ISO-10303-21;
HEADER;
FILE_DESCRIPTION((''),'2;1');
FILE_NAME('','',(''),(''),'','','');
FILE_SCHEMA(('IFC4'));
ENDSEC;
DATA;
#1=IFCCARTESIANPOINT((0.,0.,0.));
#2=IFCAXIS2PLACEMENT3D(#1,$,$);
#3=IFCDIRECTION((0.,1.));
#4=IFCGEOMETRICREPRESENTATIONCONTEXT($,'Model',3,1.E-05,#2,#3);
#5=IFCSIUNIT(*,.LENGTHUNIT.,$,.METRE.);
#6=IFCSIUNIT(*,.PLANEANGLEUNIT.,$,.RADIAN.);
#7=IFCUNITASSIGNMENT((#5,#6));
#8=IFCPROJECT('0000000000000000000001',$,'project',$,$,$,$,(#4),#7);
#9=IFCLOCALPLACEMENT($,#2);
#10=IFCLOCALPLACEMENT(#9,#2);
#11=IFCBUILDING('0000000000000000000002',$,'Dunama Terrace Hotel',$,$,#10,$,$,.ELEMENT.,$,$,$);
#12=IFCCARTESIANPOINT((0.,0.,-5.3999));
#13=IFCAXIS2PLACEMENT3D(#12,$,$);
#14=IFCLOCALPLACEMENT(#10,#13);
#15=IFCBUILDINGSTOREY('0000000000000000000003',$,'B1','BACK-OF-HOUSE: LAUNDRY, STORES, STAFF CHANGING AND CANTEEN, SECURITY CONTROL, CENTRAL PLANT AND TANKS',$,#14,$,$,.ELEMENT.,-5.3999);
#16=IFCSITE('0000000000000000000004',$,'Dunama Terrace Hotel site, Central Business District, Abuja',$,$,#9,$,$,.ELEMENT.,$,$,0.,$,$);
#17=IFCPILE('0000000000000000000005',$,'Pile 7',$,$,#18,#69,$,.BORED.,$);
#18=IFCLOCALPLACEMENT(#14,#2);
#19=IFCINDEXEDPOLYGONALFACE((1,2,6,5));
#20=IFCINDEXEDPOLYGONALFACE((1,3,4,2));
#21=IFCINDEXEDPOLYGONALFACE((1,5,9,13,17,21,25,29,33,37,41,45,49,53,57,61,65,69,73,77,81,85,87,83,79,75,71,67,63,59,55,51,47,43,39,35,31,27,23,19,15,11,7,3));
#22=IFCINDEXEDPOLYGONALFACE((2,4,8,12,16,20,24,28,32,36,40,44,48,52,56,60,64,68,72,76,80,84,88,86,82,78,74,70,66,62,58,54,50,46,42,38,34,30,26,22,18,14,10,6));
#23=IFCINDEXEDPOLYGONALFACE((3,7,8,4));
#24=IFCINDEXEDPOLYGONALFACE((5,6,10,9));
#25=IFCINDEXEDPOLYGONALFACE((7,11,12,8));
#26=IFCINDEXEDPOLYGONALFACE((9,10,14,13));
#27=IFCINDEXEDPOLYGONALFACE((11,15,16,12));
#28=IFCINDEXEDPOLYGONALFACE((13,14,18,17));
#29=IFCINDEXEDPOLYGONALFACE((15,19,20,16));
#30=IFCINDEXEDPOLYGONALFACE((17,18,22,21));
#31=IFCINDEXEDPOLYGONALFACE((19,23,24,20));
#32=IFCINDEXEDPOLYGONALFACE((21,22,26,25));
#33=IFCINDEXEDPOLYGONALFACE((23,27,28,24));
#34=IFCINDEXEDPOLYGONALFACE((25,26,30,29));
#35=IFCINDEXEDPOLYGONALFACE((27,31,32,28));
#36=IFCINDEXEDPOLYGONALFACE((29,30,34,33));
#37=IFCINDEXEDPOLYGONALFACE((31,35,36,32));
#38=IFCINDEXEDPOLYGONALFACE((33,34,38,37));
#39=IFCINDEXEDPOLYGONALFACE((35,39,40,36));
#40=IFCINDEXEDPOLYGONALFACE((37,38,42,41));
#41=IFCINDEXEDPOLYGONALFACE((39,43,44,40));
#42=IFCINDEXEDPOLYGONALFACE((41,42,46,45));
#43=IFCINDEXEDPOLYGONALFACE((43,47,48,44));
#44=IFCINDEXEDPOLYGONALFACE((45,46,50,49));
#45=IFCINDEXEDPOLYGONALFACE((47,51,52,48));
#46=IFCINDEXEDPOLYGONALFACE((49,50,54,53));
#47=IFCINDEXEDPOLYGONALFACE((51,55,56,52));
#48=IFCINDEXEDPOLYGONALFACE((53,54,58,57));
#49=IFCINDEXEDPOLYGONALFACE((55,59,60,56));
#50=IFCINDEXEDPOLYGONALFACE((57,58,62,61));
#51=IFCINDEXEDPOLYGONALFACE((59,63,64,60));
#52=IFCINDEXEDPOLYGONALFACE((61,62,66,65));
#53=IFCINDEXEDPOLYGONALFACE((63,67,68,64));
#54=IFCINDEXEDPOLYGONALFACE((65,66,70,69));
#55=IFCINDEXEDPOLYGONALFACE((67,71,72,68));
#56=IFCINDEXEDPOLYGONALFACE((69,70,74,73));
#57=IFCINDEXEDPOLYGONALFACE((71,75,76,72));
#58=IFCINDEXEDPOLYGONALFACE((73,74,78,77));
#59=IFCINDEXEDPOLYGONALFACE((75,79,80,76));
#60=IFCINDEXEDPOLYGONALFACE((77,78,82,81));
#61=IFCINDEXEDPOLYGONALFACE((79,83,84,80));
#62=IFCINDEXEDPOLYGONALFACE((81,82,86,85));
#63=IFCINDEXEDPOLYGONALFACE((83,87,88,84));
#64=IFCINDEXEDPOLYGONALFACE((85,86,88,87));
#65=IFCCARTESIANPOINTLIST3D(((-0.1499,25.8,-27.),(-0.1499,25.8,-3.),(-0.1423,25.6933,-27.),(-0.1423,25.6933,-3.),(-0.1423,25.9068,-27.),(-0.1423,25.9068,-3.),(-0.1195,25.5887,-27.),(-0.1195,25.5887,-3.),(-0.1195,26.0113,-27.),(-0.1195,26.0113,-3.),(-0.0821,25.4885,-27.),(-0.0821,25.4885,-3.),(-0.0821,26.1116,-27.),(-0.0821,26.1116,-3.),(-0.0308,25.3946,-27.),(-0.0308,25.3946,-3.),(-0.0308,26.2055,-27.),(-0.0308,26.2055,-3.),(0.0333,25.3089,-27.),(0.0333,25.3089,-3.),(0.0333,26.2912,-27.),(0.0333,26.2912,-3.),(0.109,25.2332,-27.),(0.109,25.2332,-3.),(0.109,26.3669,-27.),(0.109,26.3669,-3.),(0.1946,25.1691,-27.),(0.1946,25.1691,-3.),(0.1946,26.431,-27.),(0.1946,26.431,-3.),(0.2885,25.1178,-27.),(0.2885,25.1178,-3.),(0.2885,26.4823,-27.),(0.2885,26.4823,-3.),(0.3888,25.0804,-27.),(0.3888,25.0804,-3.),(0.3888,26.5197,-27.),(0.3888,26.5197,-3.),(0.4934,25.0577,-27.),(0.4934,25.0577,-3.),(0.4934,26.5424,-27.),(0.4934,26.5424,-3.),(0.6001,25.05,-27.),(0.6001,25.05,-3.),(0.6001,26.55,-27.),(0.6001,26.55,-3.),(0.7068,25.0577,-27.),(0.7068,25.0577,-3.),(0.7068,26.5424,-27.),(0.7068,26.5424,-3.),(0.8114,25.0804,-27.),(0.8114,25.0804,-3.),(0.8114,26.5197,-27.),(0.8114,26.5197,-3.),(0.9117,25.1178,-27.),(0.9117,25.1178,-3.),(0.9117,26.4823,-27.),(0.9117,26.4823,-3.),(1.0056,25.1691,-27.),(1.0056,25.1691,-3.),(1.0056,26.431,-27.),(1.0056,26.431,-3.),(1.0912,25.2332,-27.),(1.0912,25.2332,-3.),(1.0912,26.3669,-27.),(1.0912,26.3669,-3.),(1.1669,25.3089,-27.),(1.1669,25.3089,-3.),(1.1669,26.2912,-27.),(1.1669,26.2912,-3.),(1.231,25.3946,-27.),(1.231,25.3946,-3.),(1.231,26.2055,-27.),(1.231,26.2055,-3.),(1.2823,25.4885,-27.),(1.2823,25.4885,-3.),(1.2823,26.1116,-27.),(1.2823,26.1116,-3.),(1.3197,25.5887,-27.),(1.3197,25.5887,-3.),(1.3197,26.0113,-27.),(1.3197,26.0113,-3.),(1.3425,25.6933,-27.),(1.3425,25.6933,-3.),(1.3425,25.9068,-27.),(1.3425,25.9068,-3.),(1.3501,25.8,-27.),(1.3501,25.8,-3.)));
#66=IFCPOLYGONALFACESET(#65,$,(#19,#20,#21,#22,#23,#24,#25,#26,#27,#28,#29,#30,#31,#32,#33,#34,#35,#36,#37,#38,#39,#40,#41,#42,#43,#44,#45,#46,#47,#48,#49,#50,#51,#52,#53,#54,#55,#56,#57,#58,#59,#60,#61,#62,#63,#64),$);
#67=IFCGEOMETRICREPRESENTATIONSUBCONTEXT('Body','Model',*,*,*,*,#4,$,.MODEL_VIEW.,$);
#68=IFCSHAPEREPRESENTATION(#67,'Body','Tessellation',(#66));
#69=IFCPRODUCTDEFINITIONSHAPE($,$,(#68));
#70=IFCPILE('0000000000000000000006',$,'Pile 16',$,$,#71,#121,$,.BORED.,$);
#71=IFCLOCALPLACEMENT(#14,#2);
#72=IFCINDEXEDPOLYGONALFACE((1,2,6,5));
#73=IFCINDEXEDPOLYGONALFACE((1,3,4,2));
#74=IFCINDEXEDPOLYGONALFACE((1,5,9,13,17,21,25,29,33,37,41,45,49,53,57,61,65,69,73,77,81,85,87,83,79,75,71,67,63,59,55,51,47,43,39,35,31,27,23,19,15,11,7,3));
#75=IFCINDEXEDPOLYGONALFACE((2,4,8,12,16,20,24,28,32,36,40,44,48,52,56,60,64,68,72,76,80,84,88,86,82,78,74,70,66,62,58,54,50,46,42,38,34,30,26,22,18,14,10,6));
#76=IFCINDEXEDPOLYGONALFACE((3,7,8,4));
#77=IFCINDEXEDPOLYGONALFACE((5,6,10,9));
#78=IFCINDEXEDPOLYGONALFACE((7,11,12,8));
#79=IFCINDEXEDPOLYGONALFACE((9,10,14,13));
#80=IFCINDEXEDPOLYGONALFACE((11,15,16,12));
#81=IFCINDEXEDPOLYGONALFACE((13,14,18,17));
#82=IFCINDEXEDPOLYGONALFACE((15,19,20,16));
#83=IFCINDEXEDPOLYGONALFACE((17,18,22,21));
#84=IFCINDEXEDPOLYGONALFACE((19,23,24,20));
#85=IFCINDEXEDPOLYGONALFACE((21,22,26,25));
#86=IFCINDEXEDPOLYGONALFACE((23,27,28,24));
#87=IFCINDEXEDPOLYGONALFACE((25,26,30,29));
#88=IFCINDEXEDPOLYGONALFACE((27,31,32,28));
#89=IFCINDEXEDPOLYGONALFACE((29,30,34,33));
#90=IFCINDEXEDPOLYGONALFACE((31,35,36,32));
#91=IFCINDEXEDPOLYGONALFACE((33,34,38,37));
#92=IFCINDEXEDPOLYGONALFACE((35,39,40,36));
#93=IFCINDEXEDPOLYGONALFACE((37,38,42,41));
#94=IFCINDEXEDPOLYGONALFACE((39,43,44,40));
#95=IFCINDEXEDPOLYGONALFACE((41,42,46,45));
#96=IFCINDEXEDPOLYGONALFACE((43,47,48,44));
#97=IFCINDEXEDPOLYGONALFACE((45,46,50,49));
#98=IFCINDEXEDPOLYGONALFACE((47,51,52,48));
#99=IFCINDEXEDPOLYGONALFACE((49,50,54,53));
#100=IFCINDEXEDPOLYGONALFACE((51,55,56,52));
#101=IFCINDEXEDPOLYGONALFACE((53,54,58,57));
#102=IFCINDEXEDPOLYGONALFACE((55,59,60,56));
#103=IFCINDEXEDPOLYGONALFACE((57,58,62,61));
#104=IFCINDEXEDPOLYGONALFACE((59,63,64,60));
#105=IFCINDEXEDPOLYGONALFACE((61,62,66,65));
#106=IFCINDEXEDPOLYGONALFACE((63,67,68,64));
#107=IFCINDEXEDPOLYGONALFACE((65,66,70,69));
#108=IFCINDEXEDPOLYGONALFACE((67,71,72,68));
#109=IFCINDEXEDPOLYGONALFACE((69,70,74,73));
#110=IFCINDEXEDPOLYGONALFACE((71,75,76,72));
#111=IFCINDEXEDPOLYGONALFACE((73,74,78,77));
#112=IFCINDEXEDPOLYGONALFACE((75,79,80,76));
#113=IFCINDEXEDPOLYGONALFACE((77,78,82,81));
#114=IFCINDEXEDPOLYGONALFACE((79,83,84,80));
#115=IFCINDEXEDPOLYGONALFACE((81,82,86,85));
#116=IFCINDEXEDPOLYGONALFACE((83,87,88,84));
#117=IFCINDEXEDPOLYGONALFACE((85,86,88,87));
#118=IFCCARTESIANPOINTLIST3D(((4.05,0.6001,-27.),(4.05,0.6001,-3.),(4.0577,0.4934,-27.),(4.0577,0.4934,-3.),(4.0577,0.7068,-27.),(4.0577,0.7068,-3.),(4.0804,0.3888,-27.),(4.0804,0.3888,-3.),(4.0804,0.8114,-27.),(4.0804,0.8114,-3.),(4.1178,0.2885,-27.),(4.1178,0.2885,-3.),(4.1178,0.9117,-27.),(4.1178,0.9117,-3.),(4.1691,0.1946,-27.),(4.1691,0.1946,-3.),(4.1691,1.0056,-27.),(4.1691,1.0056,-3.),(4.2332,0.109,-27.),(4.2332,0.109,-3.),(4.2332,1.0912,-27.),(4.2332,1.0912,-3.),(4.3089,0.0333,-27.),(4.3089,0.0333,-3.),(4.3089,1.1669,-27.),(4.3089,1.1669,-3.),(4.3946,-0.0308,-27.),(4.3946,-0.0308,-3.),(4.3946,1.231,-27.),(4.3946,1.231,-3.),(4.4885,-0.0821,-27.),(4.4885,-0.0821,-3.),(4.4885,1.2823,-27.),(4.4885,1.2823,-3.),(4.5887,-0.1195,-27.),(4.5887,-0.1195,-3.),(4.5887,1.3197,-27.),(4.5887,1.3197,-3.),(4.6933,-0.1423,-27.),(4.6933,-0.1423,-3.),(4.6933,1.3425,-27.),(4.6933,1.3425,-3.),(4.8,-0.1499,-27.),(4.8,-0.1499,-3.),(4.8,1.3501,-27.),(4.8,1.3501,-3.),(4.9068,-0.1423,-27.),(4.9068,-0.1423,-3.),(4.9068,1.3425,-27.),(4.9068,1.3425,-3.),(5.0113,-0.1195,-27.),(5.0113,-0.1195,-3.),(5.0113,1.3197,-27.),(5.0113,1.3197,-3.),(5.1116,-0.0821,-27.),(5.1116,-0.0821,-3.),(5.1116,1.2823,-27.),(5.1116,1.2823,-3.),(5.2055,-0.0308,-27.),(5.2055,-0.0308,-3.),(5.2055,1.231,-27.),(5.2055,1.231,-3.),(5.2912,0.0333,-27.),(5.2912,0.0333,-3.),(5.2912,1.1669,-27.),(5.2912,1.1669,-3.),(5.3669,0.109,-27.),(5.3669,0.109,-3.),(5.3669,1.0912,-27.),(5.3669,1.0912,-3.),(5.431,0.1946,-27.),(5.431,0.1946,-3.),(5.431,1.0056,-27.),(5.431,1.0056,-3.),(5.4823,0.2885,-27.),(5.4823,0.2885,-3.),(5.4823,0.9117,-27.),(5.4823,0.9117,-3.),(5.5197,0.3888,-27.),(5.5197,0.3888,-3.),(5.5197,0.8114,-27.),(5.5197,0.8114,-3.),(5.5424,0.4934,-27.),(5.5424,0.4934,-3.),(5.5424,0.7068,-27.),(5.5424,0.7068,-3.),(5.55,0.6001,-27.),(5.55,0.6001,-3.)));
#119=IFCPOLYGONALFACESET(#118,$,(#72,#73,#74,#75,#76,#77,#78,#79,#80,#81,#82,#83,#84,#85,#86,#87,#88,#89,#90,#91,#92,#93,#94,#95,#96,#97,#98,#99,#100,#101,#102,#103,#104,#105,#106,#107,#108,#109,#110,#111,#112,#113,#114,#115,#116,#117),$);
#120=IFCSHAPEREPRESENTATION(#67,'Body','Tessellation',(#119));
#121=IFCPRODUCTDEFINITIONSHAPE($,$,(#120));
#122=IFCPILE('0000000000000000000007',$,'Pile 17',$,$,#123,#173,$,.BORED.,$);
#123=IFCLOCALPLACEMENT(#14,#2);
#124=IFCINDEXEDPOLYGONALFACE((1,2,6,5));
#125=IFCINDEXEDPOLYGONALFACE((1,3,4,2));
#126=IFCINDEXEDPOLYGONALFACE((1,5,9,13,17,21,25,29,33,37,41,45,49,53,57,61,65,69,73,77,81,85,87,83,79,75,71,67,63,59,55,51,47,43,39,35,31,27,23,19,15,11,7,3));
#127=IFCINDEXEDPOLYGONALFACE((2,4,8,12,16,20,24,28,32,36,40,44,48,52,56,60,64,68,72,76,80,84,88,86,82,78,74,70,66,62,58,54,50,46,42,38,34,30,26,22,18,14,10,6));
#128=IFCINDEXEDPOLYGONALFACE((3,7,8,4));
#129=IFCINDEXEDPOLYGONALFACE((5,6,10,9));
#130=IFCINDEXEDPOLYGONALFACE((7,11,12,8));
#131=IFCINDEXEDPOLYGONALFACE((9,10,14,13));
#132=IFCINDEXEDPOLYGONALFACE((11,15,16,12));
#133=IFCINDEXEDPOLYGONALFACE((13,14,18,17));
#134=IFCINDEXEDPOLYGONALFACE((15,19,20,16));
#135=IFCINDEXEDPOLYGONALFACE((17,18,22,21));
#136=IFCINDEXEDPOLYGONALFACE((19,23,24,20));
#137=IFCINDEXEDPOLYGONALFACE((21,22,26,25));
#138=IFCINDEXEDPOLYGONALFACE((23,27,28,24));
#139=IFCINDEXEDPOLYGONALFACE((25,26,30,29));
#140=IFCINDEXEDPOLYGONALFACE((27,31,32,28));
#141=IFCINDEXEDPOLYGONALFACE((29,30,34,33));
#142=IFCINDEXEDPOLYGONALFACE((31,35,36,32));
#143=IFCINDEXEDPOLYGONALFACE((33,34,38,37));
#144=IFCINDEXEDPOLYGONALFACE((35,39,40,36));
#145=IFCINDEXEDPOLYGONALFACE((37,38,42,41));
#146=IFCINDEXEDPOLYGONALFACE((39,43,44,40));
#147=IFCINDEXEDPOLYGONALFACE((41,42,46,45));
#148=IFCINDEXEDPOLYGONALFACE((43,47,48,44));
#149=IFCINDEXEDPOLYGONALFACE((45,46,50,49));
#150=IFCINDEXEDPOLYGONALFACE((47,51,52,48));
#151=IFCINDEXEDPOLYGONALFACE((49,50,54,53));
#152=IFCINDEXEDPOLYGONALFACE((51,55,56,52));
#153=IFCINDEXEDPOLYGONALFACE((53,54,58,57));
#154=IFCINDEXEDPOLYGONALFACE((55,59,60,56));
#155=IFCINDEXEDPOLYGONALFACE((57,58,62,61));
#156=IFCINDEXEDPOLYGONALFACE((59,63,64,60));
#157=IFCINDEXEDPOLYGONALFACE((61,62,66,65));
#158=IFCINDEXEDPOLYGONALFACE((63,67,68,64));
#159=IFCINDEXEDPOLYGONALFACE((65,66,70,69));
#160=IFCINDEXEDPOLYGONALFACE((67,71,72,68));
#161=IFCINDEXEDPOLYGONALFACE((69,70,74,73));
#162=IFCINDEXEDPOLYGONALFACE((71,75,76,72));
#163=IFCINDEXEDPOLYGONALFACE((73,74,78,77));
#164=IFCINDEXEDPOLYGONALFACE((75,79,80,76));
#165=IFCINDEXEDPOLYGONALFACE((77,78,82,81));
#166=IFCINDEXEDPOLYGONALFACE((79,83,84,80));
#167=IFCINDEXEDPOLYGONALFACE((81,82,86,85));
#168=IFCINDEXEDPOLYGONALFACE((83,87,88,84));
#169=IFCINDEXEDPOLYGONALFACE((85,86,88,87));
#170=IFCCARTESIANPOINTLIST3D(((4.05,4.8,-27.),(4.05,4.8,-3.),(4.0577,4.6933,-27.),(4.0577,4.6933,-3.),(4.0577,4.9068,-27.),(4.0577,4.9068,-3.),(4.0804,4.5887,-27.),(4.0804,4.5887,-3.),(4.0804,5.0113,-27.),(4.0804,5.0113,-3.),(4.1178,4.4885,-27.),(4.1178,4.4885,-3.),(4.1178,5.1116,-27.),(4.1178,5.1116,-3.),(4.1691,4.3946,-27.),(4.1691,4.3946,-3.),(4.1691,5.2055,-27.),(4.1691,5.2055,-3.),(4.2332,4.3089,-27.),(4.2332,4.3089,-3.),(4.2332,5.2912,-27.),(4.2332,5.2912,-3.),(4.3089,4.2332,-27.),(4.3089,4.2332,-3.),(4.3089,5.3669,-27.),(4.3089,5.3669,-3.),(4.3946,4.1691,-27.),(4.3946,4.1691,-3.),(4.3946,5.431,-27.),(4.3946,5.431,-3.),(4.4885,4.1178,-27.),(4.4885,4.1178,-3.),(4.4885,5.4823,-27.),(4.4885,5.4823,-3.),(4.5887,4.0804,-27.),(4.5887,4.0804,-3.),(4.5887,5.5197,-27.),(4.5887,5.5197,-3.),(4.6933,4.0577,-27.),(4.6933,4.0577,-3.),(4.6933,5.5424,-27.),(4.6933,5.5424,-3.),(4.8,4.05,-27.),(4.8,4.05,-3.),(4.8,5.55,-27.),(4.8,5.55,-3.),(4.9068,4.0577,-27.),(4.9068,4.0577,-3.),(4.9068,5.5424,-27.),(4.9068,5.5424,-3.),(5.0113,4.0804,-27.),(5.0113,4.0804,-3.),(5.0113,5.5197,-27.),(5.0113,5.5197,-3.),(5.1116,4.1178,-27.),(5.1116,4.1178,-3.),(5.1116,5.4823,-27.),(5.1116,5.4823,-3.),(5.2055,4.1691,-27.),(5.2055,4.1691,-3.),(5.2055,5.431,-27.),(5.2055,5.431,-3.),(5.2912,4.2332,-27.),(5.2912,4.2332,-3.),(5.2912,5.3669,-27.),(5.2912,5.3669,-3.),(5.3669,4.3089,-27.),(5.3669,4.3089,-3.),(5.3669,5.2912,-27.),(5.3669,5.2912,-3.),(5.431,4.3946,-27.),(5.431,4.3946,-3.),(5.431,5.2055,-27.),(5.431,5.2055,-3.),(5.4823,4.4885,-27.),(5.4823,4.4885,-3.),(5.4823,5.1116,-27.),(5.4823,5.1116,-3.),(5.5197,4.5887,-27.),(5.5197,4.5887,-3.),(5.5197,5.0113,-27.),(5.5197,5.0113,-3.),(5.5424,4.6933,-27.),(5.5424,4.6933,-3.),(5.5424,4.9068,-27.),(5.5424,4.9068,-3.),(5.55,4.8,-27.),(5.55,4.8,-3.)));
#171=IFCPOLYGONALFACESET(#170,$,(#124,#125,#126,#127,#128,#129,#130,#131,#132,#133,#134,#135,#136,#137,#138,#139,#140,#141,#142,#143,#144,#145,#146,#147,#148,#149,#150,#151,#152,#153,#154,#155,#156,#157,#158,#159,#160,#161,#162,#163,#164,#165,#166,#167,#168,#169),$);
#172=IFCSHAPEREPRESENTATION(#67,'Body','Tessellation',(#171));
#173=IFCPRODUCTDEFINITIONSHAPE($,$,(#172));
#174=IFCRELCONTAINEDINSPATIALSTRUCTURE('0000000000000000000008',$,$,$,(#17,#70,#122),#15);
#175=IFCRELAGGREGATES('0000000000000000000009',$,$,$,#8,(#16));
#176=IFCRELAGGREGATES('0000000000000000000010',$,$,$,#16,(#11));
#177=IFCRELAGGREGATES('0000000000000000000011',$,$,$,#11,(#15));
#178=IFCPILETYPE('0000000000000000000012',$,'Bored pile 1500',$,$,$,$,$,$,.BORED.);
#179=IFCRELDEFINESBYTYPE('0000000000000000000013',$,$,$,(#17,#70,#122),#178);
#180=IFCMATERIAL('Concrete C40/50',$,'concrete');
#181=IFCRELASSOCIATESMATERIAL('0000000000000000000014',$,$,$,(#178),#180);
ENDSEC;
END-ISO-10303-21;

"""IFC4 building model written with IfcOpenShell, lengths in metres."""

from ifc_helpers import new_model, si_unit, direction, frame, origin, origin_2d, place, context, subcontext, project, spatial, circle, extrude, material, material_profile, profile_set, type_object, element, save


model = new_model("IFC4")

# Units and contexts
model_context = context("Model", 3, precision=1e-05, world=origin(), true_north=direction((0.0, 1.0)))
body_context = subcontext(model_context, "Body", "Model", "MODEL_VIEW")
ifc_project = project(units=[si_unit("LENGTHUNIT", "METRE"), si_unit("PLANEANGLEUNIT", "RADIAN")], contexts=[model_context])

# Site, building, storey
site_placement = place(None, origin())
site = spatial("IfcSite", under=ifc_project, at=site_placement, Name="Dunama Terrace Hotel site, Central Business District, Abuja", CompositionType="ELEMENT", RefElevation=0.0)
building_placement = place(site_placement, origin())
building = spatial("IfcBuilding", under=site, at=building_placement, Name="Dunama Terrace Hotel", CompositionType="ELEMENT")
storey_placement = place(building_placement, frame((0.0, 0.0, -5.3999)))
storey = spatial("IfcBuildingStorey", under=building, at=storey_placement, Name="B1", Description="BACK-OF-HOUSE: LAUNDRY, STORES, STAFF CHANGING AND CANTEEN, SECURITY CONTROL, CENTRAL PLANT AND TANKS", CompositionType="ELEMENT", Elevation=-5.3999)

# Piles
ifc_material_1 = material(Name="Concrete C40/50", Category="concrete")
ifc_material_profile_1 = material_profile(ifc_material_1, circle(Radius=0.75, at=origin_2d()), Name="PILE D1500")
ifc_profile_set_1 = profile_set([ifc_material_profile_1], Name="Concrete C40/50")
pile_type = type_object("IfcPileType", Name="Bored pile 1500", PredefinedType="BORED", material=ifc_profile_set_1)
for number, where, z_axis, x_axis, name in (
    (1, (0.6001, 25.8, -3.0), (0.0, 0.0, -1.0), (1.0, 0.0, 0.0), "Pile 7"),
    (2, (4.8, 0.6001, -3.0), (0.0, 0.0, -1.0), (1.0, 0.0, 0.0), "Pile 16"),
    (3, (4.8, 4.8, -3.0), (0.0, 0.0, -1.0), (1.0, 0.0, 0.0), "Pile 17"),
):
    element("IfcPile", number, at=place(storey_placement, frame(where, z_axis=z_axis, x_axis=x_axis)), inside=storey, type_object=pile_type, Name=name, PredefinedType="BORED", context=body_context, shape_type="SweptSolid", body=[
        extrude(circle(Radius=0.75, at=origin_2d()), origin(), (0.0, 0.0, 1.0), 24.0),
    ])

save(model, "model.ifc")
